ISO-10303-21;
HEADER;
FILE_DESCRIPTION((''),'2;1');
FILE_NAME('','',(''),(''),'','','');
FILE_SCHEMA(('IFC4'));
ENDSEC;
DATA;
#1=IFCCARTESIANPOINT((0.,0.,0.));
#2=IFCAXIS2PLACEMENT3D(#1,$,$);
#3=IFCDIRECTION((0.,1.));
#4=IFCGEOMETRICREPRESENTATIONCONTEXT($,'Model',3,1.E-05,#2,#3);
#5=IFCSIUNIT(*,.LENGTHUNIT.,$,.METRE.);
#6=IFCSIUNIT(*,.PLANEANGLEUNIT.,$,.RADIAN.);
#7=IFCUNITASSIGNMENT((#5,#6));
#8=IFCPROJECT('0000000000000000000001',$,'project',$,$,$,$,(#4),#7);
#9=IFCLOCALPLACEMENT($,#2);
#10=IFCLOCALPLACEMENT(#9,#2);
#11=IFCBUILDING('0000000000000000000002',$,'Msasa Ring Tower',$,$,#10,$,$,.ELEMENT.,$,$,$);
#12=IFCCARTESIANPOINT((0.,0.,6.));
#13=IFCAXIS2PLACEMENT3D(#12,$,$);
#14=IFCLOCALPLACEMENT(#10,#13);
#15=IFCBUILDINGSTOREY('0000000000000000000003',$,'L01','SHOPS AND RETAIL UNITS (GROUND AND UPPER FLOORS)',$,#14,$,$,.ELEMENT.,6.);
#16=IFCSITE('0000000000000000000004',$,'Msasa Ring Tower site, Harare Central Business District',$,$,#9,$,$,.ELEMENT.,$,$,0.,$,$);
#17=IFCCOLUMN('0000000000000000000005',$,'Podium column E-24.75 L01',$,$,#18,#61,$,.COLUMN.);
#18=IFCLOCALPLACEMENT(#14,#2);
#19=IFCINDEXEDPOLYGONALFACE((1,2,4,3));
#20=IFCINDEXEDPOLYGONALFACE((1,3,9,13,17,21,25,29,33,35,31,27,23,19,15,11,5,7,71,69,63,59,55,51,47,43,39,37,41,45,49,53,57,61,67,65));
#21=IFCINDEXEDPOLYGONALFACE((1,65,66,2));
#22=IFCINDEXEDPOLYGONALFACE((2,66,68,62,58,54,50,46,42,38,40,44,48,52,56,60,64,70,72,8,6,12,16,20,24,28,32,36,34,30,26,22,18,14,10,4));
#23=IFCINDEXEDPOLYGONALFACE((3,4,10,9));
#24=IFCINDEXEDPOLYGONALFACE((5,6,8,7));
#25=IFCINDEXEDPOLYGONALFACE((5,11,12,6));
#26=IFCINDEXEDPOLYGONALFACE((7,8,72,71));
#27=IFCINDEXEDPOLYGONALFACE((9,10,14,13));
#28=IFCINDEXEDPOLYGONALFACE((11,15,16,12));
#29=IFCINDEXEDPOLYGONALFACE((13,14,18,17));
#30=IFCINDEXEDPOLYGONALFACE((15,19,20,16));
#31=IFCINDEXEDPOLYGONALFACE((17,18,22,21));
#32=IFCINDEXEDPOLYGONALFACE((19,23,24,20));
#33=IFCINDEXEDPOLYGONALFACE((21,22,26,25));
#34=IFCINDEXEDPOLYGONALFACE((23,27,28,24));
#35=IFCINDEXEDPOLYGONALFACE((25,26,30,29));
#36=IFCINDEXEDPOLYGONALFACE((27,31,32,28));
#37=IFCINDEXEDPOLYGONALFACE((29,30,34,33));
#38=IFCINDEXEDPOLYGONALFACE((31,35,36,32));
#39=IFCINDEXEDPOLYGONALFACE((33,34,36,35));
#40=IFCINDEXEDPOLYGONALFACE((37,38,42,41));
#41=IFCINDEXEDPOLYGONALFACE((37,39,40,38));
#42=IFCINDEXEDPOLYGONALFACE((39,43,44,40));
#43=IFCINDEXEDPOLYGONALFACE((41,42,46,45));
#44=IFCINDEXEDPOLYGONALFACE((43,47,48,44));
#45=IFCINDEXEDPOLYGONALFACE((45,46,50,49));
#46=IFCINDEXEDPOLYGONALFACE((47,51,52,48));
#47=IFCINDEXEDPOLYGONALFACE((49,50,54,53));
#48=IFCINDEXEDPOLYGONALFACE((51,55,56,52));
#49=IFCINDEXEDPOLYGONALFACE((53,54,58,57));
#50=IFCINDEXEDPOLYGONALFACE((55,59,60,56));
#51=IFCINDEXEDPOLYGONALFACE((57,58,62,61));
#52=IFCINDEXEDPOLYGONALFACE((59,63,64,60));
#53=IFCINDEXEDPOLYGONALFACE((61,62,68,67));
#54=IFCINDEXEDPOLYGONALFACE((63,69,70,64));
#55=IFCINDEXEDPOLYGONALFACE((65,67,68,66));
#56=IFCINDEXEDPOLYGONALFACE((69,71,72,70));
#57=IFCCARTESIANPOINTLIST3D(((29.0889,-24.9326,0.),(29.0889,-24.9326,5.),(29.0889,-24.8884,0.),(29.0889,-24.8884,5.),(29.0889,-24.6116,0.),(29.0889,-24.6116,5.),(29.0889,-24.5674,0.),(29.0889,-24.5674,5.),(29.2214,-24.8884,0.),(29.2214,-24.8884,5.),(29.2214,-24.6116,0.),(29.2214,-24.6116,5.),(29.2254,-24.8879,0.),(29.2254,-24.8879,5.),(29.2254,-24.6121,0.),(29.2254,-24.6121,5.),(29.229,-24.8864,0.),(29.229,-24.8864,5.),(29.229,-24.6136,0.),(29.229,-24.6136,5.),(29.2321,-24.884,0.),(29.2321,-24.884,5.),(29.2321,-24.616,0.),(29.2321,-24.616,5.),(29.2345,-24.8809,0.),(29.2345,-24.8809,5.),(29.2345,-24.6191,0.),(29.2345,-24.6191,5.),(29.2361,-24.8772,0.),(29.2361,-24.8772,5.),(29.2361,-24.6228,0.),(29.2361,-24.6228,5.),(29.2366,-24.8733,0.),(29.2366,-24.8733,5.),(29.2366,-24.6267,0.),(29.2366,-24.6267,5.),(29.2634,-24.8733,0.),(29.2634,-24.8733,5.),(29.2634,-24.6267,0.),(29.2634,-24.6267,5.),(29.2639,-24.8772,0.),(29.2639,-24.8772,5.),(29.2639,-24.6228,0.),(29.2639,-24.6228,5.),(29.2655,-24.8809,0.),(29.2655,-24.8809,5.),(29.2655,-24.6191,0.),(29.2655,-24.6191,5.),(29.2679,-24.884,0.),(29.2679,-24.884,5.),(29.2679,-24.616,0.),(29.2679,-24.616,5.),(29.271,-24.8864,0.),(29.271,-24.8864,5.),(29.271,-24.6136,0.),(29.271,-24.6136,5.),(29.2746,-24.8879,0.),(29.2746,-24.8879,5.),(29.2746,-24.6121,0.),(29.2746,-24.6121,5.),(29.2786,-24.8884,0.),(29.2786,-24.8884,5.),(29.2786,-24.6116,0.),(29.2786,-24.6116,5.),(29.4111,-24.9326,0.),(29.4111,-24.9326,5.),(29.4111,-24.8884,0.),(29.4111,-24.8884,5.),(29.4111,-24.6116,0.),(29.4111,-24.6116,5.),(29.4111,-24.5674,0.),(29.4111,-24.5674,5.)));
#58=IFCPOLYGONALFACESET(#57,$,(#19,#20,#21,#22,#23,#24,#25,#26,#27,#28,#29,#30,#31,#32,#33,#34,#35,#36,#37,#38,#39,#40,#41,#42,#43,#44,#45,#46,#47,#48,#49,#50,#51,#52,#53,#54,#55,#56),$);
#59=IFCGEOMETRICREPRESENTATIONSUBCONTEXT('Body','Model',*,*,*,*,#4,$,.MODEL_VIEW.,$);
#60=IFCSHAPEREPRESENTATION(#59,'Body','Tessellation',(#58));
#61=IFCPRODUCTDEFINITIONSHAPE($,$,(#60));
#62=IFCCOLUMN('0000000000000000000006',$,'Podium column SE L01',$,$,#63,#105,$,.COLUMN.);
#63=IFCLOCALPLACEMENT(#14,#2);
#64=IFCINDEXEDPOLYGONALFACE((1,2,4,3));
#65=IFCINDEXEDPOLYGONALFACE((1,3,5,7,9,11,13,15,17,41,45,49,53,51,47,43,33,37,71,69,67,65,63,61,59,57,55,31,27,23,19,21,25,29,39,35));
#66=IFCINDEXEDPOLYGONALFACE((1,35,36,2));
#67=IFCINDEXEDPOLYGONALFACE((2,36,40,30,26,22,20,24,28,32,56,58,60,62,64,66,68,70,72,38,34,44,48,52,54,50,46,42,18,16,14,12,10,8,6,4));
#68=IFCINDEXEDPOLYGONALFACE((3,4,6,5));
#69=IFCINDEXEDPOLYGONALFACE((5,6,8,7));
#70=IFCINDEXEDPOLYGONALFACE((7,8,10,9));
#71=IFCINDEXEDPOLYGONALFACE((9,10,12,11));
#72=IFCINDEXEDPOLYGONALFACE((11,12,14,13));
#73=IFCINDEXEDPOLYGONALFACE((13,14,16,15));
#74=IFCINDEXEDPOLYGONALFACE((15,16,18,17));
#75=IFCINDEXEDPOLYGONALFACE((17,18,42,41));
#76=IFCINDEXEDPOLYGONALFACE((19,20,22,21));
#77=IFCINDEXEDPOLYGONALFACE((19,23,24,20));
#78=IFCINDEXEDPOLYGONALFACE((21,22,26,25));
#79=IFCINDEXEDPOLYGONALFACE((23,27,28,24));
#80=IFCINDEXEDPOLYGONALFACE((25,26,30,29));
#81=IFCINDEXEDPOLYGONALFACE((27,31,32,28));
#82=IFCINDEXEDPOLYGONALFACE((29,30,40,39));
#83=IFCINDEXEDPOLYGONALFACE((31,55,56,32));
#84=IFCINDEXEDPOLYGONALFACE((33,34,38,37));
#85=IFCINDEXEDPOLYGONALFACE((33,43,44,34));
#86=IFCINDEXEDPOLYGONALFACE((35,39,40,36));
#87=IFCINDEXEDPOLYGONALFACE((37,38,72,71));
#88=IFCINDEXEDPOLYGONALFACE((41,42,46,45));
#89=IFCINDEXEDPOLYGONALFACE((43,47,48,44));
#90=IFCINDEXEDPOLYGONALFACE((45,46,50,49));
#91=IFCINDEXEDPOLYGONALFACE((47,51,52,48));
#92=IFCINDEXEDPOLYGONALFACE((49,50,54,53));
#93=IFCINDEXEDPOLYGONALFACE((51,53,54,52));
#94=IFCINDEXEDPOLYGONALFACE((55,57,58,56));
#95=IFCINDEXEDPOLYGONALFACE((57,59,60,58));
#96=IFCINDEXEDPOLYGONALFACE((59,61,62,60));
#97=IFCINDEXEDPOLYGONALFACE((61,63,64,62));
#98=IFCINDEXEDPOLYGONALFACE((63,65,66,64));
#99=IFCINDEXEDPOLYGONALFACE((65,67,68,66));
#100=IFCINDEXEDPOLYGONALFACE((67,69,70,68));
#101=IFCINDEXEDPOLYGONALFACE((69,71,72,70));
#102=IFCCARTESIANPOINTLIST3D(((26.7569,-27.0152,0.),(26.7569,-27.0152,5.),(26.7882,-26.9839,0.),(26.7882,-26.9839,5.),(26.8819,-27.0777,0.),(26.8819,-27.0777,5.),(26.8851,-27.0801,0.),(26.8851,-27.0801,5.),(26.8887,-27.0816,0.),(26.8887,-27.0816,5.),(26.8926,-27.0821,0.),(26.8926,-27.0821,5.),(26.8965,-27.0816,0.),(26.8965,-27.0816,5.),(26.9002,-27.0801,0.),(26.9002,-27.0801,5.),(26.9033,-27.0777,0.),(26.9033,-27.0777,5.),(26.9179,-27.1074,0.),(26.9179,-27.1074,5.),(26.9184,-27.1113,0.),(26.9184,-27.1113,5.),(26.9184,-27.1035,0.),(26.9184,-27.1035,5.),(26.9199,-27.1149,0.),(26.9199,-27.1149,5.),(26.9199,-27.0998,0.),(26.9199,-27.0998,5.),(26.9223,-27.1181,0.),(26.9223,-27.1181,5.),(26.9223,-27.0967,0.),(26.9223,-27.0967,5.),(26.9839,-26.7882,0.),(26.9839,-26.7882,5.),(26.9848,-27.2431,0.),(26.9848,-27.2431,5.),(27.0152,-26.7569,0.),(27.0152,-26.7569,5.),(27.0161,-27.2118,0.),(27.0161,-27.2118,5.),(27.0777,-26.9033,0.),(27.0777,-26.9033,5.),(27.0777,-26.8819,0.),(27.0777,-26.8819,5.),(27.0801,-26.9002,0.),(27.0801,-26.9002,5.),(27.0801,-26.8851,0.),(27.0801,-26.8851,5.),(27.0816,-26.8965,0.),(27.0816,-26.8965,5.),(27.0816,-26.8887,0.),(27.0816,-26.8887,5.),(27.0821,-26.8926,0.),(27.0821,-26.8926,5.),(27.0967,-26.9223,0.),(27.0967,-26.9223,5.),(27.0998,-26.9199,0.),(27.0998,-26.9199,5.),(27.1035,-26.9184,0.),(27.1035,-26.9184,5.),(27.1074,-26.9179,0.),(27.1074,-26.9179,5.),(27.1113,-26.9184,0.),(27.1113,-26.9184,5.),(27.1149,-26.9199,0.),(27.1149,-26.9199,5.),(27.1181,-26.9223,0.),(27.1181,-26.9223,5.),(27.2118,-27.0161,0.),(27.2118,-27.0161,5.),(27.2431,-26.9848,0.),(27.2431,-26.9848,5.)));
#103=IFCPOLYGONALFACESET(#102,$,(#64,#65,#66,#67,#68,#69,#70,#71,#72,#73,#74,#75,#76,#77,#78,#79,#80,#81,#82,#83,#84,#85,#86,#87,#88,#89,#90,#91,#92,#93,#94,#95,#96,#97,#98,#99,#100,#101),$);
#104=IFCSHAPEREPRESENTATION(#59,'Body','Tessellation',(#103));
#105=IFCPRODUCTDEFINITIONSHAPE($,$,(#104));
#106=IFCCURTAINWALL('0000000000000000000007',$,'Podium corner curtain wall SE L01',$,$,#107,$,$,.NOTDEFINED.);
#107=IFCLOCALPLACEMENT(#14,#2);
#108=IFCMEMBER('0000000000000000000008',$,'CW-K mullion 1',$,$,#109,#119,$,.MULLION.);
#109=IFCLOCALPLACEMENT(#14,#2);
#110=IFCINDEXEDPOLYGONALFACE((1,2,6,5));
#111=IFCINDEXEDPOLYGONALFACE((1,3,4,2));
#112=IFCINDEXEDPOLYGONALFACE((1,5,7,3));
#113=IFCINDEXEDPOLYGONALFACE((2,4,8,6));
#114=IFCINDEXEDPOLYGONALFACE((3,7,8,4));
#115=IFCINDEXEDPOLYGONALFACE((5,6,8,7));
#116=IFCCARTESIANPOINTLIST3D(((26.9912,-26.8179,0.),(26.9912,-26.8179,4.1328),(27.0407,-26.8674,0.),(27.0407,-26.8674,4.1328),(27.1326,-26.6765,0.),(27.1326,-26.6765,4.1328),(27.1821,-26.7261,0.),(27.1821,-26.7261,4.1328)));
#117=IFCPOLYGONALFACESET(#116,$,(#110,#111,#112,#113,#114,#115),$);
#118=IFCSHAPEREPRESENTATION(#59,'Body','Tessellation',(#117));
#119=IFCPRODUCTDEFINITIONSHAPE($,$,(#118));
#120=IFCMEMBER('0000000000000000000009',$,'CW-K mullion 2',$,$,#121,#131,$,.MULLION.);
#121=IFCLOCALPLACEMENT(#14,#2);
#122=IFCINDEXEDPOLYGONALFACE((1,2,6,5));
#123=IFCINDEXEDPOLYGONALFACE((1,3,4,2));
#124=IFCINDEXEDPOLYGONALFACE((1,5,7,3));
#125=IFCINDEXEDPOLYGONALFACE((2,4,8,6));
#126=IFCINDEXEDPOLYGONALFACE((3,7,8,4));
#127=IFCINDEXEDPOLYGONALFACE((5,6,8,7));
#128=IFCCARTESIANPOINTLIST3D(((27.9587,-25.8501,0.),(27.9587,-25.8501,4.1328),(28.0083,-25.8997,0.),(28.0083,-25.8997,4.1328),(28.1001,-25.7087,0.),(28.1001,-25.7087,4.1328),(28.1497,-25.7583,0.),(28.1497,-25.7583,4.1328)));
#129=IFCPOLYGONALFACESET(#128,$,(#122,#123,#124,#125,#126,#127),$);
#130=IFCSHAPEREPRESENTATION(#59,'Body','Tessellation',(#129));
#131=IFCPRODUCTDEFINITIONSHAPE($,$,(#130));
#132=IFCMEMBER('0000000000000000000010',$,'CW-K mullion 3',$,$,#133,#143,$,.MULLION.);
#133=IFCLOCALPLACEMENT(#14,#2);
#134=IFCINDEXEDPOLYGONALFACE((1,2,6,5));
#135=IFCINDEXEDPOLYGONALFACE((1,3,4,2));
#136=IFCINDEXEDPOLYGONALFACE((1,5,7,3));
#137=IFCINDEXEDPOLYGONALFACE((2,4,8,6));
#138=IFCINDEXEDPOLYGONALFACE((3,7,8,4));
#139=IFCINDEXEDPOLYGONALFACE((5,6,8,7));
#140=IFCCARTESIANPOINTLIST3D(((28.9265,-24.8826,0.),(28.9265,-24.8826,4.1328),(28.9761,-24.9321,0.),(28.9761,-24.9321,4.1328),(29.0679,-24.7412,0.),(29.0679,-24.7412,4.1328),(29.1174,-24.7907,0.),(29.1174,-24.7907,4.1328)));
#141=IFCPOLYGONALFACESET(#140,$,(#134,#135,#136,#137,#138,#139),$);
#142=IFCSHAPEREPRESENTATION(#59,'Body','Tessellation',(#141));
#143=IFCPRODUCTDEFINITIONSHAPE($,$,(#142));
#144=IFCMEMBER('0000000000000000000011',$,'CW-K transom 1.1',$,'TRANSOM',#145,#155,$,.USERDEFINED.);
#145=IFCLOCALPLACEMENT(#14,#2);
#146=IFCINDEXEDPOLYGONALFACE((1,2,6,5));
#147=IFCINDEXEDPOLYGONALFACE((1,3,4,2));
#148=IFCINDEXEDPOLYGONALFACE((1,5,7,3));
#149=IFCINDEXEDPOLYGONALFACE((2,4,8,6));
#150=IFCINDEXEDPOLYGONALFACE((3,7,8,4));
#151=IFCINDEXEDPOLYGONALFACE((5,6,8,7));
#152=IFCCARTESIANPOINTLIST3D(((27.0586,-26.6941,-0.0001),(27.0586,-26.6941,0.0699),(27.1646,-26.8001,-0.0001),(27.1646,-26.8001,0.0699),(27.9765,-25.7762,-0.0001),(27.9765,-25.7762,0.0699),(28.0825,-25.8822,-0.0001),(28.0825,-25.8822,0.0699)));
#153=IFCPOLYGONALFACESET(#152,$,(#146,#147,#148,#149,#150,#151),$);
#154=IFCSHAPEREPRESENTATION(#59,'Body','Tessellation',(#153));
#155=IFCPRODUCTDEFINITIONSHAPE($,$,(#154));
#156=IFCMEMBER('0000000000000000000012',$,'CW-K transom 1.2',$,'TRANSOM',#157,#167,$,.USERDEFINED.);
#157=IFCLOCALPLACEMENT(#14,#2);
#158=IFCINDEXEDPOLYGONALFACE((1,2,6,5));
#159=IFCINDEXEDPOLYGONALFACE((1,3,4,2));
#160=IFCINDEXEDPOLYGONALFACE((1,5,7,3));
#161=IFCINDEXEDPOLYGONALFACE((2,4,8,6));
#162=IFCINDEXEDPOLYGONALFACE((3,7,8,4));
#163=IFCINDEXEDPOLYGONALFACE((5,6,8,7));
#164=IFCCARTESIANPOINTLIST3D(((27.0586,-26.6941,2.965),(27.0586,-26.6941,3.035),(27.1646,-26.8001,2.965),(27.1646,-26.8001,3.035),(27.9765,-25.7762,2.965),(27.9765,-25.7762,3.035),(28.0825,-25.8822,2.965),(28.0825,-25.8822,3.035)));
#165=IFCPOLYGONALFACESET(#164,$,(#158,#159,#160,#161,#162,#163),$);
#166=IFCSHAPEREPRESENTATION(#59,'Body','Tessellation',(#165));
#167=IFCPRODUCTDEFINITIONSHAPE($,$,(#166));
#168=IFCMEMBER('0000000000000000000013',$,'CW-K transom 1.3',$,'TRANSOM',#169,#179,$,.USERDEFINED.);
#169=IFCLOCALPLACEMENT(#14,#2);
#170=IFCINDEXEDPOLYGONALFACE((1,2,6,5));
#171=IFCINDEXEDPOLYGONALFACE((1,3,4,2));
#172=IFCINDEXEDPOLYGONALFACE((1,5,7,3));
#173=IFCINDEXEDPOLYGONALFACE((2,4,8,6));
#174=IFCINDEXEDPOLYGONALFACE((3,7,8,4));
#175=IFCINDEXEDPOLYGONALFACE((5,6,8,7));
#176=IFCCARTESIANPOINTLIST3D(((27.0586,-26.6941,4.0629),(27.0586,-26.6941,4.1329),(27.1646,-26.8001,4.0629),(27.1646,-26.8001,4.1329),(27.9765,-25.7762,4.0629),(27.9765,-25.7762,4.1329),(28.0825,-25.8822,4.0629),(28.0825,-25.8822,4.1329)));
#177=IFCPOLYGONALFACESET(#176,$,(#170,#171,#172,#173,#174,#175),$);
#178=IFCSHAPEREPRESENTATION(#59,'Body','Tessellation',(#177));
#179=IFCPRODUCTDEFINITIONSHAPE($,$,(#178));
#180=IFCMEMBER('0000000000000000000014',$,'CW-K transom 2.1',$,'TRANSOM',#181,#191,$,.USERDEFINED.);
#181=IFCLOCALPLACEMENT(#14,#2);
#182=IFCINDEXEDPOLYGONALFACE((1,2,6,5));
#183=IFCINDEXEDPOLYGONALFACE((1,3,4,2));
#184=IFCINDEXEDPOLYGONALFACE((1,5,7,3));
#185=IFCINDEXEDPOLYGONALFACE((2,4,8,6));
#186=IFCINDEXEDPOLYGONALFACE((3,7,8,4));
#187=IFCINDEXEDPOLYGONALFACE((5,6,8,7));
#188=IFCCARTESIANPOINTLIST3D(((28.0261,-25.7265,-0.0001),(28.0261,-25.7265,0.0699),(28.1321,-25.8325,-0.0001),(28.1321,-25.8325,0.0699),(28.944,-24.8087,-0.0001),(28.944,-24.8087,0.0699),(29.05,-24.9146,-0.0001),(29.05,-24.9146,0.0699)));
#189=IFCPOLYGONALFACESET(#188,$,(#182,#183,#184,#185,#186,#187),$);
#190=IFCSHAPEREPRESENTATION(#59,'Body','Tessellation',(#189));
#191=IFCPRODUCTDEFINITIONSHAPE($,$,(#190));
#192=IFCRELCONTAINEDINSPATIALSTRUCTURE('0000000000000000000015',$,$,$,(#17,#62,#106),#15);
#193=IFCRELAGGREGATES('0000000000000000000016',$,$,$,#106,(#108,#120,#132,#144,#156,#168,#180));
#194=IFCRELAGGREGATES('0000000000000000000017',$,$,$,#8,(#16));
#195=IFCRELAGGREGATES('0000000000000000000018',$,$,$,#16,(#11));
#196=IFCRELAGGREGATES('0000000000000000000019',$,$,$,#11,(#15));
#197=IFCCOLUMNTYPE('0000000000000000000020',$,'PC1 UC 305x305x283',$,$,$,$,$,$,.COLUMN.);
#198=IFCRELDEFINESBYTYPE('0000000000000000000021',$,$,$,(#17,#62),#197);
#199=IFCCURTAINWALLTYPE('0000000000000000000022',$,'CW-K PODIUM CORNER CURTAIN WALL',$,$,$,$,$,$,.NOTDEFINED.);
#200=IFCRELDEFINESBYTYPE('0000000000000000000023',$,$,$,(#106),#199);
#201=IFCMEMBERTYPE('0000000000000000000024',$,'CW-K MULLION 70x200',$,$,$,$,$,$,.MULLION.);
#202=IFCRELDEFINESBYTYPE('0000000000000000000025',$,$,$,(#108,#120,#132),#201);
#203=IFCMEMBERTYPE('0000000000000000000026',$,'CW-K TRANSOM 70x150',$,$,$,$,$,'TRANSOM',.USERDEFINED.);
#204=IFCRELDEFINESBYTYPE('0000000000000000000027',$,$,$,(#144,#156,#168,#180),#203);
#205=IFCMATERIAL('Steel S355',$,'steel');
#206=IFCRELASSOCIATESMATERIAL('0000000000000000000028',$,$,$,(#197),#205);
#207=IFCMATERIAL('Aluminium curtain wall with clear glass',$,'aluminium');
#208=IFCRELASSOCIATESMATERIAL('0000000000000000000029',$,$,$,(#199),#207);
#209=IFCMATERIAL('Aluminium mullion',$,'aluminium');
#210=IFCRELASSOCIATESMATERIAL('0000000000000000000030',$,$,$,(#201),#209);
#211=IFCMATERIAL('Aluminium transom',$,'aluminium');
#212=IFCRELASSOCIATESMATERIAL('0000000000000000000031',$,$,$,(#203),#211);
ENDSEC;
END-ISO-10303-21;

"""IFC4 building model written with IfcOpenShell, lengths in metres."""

from ifc_helpers import new_model, si_unit, direction, frame, origin, origin_2d, place, context, subcontext, project, spatial, rectangle, i_section, extrude, material, material_profile, profile_set, type_object, element, aggregate, save


model = new_model("IFC4")

# Units and contexts
model_context = context("Model", 3, precision=1e-05, world=origin(), true_north=direction((0.0, 1.0)))
body_context = subcontext(model_context, "Body", "Model", "MODEL_VIEW")
ifc_project = project(units=[si_unit("LENGTHUNIT", "METRE"), si_unit("PLANEANGLEUNIT", "RADIAN")], contexts=[model_context])

# Site, building, storey
site_placement = place(None, origin())
site = spatial("IfcSite", under=ifc_project, at=site_placement, Name="Msasa Ring Tower site, Harare Central Business District", CompositionType="ELEMENT", RefElevation=0.0)
building_placement = place(site_placement, origin())
building = spatial("IfcBuilding", under=site, at=building_placement, Name="Msasa Ring Tower", CompositionType="ELEMENT")
storey_placement = place(building_placement, frame((0.0, 0.0, 6.0)))
storey = spatial("IfcBuildingStorey", under=building, at=storey_placement, Name="L01", Description="SHOPS AND RETAIL UNITS (GROUND AND UPPER FLOORS)", CompositionType="ELEMENT", Elevation=6.0)

# Columns
ifc_material_1 = material(Name="Steel S355", Category="steel")
ifc_material_profile_1 = material_profile(ifc_material_1, i_section(OverallWidth=0.3223, OverallDepth=0.3652, WebThickness=0.0269, FlangeThickness=0.0442, FilletRadius=0.0151, at=origin_2d()), Name="UC 305x305x283")
ifc_profile_set_1 = profile_set([ifc_material_profile_1], Name="Steel S355")
column_type = type_object("IfcColumnType", Name="PC1 UC 305x305x283", PredefinedType="COLUMN", material=ifc_profile_set_1)
for number, where, z_axis, x_axis, name in (
    (1, (29.25, -24.75, 0.0), (0.0, 0.0, 1.0), (1.0, 0.0, 0.0), "Podium column E-24.75 L01"),
    (2, (27.0, -27.0, 0.0), (0.0, 0.0, 1.0), (0.707107, -0.707107, 0.0), "Podium column SE L01"),
):
    element("IfcColumn", number, at=place(storey_placement, frame(where, z_axis=z_axis, x_axis=x_axis)), inside=storey, type_object=column_type, Name=name, PredefinedType="COLUMN", context=body_context, shape_type="SweptSolid", body=[
        extrude(i_section(OverallWidth=0.3223, OverallDepth=0.3652, WebThickness=0.0269, FlangeThickness=0.0442, FilletRadius=0.0151, at=origin_2d()), origin(), (0.0, 0.0, 1.0), 5.0),
    ])

# Curtain wall, members
ifc_material_2 = material(Name="Aluminium curtain wall with clear glass", Category="aluminium")
curtain_wall_type = type_object("IfcCurtainWallType", Name="CW-K PODIUM CORNER CURTAIN WALL", PredefinedType="NOTDEFINED", material=ifc_material_2)
curtain_wall_placement = place(storey_placement, origin())
curtain_wall = element("IfcCurtainWall", 3, at=curtain_wall_placement, inside=storey, type_object=curtain_wall_type, Name="Podium corner curtain wall SE L01", PredefinedType="NOTDEFINED")
ifc_material_3 = material(Name="Aluminium mullion", Category="aluminium")
ifc_material_profile_2 = material_profile(ifc_material_3, rectangle(XDim=0.0701, YDim=0.2, at=origin_2d()), Name="AL 70x200")
ifc_profile_set_2 = profile_set([ifc_material_profile_2], Name="Aluminium mullion")
member_type_1 = type_object("IfcMemberType", Name="CW-K MULLION 70x200", PredefinedType="MULLION", material=ifc_profile_set_2)
member_1_placement = place(storey_placement, frame((27.0867, -26.772, 0.0), z_axis=(0.0, 0.0, 1.0), x_axis=(-0.707107, 0.707107, 0.0)))
member_1 = element("IfcMember", 4, at=member_1_placement, type_object=member_type_1, Name="CW-K mullion 1", PredefinedType="MULLION", context=body_context, shape_type="SweptSolid", body=[
    extrude(rectangle(XDim=0.0701, YDim=0.2, at=origin_2d()), origin(), (0.0, 0.0, 1.0), 4.1328),
])
member_2_placement = place(storey_placement, frame((28.0542, -25.8042, 0.0), z_axis=(0.0, 0.0, 1.0), x_axis=(-0.707107, 0.707107, 0.0)))
member_2 = element("IfcMember", 5, at=member_2_placement, type_object=member_type_1, Name="CW-K mullion 2", PredefinedType="MULLION", context=body_context, shape_type="SweptSolid", body=[
    extrude(rectangle(XDim=0.0701, YDim=0.2, at=origin_2d()), origin(), (0.0, 0.0, 1.0), 4.1328),
])
member_3_placement = place(storey_placement, frame((29.022, -24.8367, 0.0), z_axis=(0.0, 0.0, 1.0), x_axis=(-0.707107, 0.707107, 0.0)))
member_3 = element("IfcMember", 6, at=member_3_placement, type_object=member_type_1, Name="CW-K mullion 3", PredefinedType="MULLION", context=body_context, shape_type="SweptSolid", body=[
    extrude(rectangle(XDim=0.0701, YDim=0.2, at=origin_2d()), origin(), (0.0, 0.0, 1.0), 4.1328),
])
ifc_material_4 = material(Name="Aluminium transom", Category="aluminium")
ifc_material_profile_3 = material_profile(ifc_material_4, rectangle(XDim=0.1499, YDim=0.0701, at=origin_2d()), Name="AL 70x150")
ifc_profile_set_3 = profile_set([ifc_material_profile_3], Name="Aluminium transom")
member_type_2 = type_object("IfcMemberType", Name="CW-K TRANSOM 70x150", ElementType="TRANSOM", PredefinedType="USERDEFINED", material=ifc_profile_set_3)
member_4_placement = place(storey_placement, frame((27.1116, -26.7471, 0.0349), z_axis=(0.707107, 0.707107, 0.0), x_axis=(-0.707107, 0.707107, 0.0)))
member_4 = element("IfcMember", 7, at=member_4_placement, type_object=member_type_2, Name="CW-K transom 1.1", ObjectType="TRANSOM", PredefinedType="USERDEFINED", context=body_context, shape_type="SweptSolid", body=[
    extrude(rectangle(XDim=0.1499, YDim=0.0701, at=origin_2d()), origin(), (0.0, 0.0, 1.0), 1.2981),
])
member_5_placement = place(storey_placement, frame((27.1116, -26.7471, 3.0), z_axis=(0.707107, 0.707107, 0.0), x_axis=(-0.707107, 0.707107, 0.0)))
member_5 = element("IfcMember", 8, at=member_5_placement, type_object=member_type_2, Name="CW-K transom 1.2", ObjectType="TRANSOM", PredefinedType="USERDEFINED", context=body_context, shape_type="SweptSolid", body=[
    extrude(rectangle(XDim=0.1499, YDim=0.0701, at=origin_2d()), origin(), (0.0, 0.0, 1.0), 1.2981),
])
member_6_placement = place(storey_placement, frame((27.1116, -26.7471, 4.0979), z_axis=(0.707107, 0.707107, 0.0), x_axis=(-0.707107, 0.707107, 0.0)))
member_6 = element("IfcMember", 9, at=member_6_placement, type_object=member_type_2, Name="CW-K transom 1.3", ObjectType="TRANSOM", PredefinedType="USERDEFINED", context=body_context, shape_type="SweptSolid", body=[
    extrude(rectangle(XDim=0.1499, YDim=0.0701, at=origin_2d()), origin(), (0.0, 0.0, 1.0), 1.2981),
])
member_7_placement = place(storey_placement, frame((28.0791, -25.7795, 0.0349), z_axis=(0.707107, 0.707107, 0.0), x_axis=(-0.707107, 0.707107, 0.0)))
member_7 = element("IfcMember", 10, at=member_7_placement, type_object=member_type_2, Name="CW-K transom 2.1", ObjectType="TRANSOM", PredefinedType="USERDEFINED", context=body_context, shape_type="SweptSolid", body=[
    extrude(rectangle(XDim=0.1499, YDim=0.0701, at=origin_2d()), origin(), (0.0, 0.0, 1.0), 1.2981),
])

aggregate(curtain_wall, [member_1, member_2, member_3, member_4, member_5, member_6, member_7])

save(model, "model.ifc")
